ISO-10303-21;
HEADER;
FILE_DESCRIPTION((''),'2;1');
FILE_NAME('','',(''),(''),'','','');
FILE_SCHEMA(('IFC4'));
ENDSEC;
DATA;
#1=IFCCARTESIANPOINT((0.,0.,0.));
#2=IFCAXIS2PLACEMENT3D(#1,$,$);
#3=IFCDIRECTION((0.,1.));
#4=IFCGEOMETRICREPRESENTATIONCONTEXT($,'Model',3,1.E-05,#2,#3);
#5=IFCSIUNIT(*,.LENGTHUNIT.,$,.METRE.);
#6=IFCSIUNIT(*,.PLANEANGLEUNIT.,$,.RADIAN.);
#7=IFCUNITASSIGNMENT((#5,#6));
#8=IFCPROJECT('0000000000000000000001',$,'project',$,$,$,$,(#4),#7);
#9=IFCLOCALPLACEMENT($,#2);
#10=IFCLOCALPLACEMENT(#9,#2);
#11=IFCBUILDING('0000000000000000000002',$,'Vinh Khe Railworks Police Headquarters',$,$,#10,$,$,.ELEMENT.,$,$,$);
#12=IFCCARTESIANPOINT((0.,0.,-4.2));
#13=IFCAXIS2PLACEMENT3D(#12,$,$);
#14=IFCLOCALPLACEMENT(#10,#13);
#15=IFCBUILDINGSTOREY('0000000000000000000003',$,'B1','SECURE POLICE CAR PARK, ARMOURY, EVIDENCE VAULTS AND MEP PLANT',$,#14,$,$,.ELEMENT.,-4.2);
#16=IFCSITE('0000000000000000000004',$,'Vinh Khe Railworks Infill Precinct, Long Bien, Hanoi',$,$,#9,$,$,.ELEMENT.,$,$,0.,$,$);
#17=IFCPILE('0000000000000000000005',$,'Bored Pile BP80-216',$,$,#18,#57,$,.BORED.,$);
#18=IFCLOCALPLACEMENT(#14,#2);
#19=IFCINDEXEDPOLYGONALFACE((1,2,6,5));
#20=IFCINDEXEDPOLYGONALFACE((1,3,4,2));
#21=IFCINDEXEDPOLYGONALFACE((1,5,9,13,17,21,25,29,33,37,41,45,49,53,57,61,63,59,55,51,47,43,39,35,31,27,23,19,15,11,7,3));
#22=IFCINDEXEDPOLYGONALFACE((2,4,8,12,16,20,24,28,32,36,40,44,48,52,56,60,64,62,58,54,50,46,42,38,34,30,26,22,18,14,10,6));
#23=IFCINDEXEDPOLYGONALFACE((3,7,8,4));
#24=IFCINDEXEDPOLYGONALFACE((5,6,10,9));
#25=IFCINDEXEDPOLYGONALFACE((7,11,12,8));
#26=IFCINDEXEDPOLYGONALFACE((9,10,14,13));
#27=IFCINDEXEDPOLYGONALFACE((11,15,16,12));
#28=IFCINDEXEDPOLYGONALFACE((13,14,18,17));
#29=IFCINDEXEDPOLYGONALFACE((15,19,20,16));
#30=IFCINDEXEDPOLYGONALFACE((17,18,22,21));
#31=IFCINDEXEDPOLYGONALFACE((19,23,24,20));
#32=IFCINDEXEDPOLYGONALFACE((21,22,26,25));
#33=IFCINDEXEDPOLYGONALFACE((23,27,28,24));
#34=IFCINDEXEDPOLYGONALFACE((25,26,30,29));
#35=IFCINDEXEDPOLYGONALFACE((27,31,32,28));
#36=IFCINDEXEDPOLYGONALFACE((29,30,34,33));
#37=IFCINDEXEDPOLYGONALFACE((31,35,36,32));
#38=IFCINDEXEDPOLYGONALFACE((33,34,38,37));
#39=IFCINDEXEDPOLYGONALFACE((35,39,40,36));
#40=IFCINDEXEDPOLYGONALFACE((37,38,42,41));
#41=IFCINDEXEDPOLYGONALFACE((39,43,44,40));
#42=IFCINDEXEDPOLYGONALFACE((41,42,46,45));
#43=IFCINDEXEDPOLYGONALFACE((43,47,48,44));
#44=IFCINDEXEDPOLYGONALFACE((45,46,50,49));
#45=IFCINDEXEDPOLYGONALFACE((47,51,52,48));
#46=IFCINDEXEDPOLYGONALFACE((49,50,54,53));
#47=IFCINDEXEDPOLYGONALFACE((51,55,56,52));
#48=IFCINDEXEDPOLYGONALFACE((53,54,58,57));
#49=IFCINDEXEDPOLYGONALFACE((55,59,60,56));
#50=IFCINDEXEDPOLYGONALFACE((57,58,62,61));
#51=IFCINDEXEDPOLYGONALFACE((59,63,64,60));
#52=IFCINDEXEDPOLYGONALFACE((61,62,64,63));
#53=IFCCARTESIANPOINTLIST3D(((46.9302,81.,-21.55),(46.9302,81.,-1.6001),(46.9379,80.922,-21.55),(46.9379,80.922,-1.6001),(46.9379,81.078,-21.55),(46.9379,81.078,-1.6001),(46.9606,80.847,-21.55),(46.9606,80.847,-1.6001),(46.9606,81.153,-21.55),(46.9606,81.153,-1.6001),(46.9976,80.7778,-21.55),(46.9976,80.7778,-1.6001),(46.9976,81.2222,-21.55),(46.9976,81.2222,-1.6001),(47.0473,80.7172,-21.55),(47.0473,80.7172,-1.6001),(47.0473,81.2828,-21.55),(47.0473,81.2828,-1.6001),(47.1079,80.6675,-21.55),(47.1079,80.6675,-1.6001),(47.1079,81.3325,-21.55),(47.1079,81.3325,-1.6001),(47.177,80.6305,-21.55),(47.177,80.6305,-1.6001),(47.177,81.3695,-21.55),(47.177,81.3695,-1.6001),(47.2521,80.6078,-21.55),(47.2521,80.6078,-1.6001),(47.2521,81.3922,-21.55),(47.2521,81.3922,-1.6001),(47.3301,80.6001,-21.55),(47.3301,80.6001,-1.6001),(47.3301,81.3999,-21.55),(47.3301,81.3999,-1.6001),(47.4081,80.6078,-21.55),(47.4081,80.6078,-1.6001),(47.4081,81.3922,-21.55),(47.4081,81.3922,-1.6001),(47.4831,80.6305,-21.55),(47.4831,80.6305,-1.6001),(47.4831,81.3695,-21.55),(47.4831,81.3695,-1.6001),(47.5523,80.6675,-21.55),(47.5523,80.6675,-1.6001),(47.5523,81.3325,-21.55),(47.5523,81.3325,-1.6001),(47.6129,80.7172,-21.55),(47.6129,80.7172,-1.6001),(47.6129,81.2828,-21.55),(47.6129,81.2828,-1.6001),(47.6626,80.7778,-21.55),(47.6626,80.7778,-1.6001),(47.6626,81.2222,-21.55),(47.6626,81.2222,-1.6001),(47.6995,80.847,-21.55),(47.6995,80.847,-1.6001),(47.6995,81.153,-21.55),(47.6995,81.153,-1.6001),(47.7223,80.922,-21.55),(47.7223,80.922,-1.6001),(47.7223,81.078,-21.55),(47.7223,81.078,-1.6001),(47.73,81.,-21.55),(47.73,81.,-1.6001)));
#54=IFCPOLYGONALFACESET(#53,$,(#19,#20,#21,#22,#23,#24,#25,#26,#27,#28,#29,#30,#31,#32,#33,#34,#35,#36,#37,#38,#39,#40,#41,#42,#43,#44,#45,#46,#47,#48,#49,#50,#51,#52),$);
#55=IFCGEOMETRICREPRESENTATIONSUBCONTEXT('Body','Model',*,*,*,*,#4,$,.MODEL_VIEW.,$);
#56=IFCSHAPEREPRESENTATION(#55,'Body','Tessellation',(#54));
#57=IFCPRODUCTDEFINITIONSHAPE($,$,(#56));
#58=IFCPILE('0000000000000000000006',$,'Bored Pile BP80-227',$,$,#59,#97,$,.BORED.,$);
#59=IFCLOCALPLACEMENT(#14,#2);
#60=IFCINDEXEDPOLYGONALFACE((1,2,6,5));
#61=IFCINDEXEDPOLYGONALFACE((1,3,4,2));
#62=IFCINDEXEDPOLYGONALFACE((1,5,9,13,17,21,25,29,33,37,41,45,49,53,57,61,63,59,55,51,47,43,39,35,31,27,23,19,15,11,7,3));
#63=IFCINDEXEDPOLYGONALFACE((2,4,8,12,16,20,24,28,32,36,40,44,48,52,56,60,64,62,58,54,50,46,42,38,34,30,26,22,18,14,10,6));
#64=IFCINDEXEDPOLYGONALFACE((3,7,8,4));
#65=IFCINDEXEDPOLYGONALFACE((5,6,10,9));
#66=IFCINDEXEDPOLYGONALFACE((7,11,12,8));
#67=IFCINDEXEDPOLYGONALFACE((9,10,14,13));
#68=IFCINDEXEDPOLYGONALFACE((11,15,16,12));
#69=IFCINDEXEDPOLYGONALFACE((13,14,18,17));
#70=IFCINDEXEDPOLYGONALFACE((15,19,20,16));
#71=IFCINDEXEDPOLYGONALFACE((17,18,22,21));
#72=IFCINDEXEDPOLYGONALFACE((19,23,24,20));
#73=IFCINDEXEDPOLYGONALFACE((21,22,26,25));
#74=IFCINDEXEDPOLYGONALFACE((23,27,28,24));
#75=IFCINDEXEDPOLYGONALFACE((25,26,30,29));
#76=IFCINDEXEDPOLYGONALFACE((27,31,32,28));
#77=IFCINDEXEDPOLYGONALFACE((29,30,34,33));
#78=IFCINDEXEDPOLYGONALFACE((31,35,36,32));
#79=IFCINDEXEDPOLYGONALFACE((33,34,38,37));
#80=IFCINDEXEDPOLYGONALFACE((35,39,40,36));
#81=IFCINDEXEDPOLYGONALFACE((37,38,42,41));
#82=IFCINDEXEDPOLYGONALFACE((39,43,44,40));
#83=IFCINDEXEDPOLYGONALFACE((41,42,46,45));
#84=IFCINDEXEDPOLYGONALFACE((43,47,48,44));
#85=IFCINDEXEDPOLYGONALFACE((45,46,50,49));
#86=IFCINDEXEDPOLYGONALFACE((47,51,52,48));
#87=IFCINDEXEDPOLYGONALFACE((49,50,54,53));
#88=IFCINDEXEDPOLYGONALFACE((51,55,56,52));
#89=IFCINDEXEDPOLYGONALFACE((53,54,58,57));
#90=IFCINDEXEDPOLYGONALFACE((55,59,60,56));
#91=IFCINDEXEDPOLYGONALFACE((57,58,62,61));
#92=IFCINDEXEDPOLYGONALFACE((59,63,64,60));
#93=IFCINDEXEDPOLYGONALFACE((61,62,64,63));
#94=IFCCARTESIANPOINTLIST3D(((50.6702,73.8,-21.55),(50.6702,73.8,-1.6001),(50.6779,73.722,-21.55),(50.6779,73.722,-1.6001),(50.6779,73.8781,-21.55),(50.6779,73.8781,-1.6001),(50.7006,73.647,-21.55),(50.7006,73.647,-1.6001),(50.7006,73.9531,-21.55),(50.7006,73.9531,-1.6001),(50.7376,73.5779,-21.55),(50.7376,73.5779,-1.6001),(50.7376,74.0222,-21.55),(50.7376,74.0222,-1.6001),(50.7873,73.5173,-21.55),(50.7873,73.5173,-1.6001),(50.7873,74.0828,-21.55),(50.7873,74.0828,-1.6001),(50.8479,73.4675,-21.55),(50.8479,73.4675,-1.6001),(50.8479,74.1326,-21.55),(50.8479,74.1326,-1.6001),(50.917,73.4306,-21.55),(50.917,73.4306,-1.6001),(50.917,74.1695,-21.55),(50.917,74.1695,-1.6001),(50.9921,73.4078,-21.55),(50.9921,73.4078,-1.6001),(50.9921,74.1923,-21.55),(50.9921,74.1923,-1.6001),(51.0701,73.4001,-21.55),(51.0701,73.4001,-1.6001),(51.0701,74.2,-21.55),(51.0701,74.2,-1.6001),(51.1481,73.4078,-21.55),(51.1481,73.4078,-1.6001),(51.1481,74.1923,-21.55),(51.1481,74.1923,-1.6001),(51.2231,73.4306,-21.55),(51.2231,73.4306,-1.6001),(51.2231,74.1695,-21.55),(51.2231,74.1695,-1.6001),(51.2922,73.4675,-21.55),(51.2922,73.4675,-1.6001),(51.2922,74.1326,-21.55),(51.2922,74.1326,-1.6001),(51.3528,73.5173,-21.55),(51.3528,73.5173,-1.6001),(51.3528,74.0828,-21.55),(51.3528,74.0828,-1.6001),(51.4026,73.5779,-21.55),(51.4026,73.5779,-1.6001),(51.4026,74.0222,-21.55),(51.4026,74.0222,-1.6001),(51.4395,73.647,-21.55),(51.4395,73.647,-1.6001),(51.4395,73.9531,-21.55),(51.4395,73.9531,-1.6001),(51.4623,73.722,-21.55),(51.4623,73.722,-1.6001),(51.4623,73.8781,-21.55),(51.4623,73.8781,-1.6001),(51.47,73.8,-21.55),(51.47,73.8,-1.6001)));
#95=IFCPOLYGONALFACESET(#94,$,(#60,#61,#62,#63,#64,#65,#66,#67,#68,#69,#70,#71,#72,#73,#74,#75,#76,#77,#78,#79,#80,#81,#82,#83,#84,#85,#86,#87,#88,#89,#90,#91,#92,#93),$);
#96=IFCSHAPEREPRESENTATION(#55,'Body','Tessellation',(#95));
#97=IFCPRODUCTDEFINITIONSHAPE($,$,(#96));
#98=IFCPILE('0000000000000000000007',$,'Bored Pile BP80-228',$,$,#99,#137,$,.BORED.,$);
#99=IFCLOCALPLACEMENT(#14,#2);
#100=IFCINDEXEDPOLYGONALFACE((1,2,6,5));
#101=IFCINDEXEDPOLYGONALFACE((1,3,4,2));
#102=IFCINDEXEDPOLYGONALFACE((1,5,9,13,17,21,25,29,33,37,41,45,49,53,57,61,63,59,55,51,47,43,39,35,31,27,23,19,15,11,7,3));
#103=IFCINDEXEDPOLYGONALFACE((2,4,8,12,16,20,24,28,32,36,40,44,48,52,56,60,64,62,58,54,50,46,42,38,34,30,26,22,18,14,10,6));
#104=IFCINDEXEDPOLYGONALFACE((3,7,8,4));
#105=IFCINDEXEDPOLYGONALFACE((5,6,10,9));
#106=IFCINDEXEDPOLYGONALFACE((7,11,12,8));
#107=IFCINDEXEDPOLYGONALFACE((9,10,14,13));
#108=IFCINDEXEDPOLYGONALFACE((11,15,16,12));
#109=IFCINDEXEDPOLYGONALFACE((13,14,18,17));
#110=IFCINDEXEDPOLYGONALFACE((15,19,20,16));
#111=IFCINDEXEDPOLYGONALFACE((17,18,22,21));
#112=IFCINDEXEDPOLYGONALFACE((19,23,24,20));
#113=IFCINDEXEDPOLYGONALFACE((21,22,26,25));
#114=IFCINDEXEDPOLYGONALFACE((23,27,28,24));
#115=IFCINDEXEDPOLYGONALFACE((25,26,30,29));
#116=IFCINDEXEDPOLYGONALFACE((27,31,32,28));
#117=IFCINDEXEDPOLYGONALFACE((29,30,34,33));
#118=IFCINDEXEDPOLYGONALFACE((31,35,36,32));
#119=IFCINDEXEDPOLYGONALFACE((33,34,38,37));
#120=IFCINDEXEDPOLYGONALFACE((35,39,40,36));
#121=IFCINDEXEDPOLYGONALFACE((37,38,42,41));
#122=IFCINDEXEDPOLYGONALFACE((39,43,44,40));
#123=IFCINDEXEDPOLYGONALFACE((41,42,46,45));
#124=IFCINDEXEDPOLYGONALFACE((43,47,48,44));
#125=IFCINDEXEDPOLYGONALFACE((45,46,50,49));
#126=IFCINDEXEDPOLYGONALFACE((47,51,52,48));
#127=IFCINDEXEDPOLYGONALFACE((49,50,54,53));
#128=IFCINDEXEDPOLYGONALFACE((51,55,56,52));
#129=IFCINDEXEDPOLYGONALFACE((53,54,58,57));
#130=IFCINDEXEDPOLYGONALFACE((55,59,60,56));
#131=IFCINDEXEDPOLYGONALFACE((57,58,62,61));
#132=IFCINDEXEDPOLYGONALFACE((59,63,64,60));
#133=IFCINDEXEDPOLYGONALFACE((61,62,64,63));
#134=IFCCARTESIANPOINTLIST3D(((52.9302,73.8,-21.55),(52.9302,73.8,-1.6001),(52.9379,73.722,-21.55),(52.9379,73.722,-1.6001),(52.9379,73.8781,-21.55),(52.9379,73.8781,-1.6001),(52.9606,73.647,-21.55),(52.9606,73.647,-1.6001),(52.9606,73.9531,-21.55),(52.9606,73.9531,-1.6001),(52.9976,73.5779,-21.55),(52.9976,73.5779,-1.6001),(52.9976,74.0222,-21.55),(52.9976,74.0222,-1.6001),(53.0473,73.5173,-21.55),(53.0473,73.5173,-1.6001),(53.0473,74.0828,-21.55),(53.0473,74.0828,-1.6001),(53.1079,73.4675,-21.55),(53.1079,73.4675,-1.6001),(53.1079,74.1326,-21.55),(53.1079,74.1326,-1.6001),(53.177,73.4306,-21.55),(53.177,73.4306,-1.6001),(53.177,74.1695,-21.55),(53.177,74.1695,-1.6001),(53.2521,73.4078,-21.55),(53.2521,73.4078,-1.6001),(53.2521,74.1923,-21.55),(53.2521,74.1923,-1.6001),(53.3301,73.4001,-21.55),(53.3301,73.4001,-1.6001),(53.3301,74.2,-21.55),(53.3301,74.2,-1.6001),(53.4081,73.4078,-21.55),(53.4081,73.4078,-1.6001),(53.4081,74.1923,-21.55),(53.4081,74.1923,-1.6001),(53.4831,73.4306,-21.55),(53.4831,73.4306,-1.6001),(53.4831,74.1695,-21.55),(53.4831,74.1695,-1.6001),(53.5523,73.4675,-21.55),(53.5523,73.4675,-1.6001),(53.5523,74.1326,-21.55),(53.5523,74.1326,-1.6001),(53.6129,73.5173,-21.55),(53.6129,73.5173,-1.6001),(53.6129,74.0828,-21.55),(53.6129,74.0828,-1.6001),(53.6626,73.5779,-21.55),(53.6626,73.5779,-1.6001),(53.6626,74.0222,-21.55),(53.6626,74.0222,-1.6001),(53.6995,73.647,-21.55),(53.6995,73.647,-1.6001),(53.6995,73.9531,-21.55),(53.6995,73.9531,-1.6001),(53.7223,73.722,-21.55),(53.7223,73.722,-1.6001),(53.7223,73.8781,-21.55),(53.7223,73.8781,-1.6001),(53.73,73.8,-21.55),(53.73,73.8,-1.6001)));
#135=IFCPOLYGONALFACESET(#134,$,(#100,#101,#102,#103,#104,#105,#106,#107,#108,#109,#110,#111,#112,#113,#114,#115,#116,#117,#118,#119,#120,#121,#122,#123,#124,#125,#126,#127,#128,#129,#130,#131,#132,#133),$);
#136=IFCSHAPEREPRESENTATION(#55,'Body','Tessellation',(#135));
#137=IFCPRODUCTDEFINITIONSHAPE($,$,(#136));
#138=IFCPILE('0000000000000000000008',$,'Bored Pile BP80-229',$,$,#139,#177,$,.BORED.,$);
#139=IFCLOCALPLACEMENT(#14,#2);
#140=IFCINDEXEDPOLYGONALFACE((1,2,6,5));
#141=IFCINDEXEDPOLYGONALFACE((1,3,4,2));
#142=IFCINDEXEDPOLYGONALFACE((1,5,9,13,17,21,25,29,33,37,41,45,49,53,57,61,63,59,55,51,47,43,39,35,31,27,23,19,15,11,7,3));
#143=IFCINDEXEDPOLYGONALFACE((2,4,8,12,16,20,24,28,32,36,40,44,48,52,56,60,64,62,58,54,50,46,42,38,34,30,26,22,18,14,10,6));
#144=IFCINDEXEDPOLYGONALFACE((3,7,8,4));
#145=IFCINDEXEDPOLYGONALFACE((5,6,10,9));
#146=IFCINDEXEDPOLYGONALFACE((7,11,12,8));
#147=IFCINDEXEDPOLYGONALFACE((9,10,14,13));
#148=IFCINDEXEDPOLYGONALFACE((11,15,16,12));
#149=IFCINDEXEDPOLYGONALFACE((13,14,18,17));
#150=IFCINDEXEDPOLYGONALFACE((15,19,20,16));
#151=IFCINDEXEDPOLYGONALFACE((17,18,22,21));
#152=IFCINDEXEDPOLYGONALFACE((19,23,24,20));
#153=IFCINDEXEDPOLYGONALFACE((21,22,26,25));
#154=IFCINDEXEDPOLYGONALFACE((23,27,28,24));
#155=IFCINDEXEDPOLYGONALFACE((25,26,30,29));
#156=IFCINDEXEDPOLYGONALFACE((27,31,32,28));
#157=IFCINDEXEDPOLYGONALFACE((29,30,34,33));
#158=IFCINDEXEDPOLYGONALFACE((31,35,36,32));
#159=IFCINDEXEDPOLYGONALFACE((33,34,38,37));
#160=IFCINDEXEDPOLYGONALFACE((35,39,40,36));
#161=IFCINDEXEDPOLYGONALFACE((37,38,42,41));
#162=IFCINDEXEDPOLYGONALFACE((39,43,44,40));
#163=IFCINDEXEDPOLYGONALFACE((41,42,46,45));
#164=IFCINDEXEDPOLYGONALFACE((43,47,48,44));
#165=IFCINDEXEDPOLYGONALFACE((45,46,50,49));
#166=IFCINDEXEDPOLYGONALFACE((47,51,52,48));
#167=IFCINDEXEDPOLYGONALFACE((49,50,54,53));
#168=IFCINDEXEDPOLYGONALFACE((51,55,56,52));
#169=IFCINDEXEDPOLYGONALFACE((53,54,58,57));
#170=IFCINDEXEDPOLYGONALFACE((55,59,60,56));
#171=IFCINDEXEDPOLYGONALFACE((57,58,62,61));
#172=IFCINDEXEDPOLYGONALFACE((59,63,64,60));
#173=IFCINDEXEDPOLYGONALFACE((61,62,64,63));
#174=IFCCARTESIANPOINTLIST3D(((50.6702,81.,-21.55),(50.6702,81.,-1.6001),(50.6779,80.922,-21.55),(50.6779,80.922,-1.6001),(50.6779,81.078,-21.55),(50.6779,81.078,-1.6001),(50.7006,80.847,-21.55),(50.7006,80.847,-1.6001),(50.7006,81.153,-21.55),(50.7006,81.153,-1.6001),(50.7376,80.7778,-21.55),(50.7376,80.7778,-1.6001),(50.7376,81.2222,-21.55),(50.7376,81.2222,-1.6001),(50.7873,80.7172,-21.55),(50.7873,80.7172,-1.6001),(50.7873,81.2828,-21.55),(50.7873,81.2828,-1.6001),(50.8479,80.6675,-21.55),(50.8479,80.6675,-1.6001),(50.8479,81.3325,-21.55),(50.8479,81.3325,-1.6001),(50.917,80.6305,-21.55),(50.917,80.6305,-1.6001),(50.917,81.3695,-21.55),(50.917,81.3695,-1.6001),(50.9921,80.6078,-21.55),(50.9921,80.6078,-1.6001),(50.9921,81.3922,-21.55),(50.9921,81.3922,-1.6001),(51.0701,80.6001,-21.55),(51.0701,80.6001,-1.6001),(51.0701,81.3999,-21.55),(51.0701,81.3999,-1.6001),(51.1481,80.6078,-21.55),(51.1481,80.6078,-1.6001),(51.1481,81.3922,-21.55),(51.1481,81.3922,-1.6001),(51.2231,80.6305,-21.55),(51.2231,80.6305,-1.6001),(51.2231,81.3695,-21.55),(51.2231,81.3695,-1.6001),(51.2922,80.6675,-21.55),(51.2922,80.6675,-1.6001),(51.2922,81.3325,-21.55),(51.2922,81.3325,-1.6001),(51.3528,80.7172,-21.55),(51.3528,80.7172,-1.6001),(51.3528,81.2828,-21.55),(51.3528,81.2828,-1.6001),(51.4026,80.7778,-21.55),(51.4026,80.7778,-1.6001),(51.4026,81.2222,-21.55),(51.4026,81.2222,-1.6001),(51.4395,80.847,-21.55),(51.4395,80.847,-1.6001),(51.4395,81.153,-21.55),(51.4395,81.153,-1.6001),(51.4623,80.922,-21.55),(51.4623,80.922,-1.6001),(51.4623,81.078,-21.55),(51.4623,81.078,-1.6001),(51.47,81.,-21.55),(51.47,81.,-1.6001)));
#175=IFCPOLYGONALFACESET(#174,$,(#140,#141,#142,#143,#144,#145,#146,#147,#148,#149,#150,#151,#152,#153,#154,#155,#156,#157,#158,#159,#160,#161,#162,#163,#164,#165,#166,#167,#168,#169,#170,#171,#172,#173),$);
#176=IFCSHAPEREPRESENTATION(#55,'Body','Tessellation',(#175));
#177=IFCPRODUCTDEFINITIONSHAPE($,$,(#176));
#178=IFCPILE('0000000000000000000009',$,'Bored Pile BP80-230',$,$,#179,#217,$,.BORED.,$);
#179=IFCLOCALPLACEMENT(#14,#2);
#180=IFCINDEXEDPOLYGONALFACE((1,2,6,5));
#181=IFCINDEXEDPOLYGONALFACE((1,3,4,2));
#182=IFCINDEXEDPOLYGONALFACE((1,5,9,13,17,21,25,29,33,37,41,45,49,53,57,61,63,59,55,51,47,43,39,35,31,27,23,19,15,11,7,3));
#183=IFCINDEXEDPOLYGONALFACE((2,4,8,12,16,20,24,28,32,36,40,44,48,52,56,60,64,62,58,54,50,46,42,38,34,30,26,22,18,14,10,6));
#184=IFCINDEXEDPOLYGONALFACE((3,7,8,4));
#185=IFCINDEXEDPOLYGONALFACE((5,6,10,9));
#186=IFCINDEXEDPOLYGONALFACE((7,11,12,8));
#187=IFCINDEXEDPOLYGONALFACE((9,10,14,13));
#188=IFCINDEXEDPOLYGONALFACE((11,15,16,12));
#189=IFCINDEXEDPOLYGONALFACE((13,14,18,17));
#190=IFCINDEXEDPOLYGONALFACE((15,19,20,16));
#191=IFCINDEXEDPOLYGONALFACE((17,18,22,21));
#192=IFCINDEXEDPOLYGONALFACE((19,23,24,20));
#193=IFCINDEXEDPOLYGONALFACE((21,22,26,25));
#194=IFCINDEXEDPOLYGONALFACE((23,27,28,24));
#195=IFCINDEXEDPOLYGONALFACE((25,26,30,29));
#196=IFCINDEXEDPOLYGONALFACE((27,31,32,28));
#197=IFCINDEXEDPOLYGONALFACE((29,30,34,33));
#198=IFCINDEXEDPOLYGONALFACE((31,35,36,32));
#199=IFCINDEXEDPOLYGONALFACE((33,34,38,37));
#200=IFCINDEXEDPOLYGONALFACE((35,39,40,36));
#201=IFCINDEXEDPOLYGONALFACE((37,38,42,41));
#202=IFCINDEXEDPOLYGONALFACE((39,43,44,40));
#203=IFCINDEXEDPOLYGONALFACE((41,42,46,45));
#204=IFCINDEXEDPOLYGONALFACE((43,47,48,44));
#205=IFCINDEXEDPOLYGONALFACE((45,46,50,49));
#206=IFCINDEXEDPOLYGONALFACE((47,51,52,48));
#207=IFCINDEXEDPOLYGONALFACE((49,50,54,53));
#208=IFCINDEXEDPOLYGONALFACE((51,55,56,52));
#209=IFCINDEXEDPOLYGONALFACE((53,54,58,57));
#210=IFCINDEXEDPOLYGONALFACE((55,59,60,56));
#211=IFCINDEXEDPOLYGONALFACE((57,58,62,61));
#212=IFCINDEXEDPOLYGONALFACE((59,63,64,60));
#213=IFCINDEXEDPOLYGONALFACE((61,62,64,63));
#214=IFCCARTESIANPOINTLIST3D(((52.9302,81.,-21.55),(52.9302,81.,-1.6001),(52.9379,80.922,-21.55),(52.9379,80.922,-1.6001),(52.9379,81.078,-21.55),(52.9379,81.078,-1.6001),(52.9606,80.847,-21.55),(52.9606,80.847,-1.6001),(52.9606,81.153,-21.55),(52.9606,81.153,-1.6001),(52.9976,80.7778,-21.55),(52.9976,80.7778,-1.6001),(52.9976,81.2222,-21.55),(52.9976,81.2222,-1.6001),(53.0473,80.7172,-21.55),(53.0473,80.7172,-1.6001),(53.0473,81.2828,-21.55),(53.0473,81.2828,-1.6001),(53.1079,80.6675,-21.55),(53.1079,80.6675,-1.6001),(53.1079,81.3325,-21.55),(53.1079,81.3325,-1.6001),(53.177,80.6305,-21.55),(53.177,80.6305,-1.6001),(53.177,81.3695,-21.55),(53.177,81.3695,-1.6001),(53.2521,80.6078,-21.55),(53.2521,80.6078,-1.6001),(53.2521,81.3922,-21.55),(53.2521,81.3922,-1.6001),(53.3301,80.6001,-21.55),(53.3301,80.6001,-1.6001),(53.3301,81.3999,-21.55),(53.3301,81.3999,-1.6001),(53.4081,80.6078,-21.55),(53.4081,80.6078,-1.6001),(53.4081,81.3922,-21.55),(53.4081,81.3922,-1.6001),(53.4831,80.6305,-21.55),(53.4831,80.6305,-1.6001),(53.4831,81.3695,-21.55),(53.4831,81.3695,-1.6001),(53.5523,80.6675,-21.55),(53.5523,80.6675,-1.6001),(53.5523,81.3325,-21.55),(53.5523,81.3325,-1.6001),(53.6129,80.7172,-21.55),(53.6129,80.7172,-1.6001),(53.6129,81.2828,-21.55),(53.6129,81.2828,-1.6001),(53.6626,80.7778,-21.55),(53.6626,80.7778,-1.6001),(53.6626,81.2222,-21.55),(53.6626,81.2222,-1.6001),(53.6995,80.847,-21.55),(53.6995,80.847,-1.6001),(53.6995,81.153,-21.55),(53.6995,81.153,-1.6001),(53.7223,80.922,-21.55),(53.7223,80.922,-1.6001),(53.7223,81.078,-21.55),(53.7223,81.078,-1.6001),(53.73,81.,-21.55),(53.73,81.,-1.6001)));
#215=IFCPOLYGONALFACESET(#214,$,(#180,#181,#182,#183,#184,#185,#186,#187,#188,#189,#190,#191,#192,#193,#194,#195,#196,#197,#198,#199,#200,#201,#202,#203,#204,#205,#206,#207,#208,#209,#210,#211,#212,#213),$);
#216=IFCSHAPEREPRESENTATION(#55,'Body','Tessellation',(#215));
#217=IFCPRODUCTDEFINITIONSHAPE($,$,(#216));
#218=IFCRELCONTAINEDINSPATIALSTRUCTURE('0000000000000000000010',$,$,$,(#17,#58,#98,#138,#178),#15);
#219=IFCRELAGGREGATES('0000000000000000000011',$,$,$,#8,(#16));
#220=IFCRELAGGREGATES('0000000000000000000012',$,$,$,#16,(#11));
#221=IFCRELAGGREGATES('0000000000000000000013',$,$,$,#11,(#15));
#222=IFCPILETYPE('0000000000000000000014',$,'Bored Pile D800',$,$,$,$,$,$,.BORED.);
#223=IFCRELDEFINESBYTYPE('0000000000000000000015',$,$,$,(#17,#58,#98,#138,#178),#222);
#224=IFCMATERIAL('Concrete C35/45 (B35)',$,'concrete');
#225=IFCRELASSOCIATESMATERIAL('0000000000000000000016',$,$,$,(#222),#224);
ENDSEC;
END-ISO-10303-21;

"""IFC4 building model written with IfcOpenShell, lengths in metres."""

from ifc_helpers import new_model, si_unit, direction, frame, origin, origin_2d, place, context, subcontext, project, spatial, circle, extrude, material, material_profile, profile_set, type_object, element, save


model = new_model("IFC4")

# Units and contexts
model_context = context("Model", 3, precision=1e-05, world=origin(), true_north=direction((0.0, 1.0)))
body_context = subcontext(model_context, "Body", "Model", "MODEL_VIEW")
ifc_project = project(units=[si_unit("LENGTHUNIT", "METRE"), si_unit("PLANEANGLEUNIT", "RADIAN")], contexts=[model_context])

# Site, building, storey
site_placement = place(None, origin())
site = spatial("IfcSite", under=ifc_project, at=site_placement, Name="Vinh Khe Railworks Infill Precinct, Long Bien, Hanoi", CompositionType="ELEMENT", RefElevation=0.0)
building_placement = place(site_placement, origin())
building = spatial("IfcBuilding", under=site, at=building_placement, Name="Vinh Khe Railworks Police Headquarters", CompositionType="ELEMENT")
storey_placement = place(building_placement, frame((0.0, 0.0, -4.2)))
storey = spatial("IfcBuildingStorey", under=building, at=storey_placement, Name="B1", Description="SECURE POLICE CAR PARK, ARMOURY, EVIDENCE VAULTS AND MEP PLANT", CompositionType="ELEMENT", Elevation=-4.2)

# Piles
ifc_material_1 = material(Name="Concrete C35/45 (B35)", Category="concrete")
ifc_material_profile_1 = material_profile(ifc_material_1, circle(Radius=0.3999, at=origin_2d()), Name="BORED PILE D800")
ifc_profile_set_1 = profile_set([ifc_material_profile_1], Name="Concrete C35/45 (B35)")
pile_type_1 = type_object("IfcPileType", Name="Bored Pile D800", PredefinedType="BORED", material=ifc_profile_set_1)
for number, where, z_axis, x_axis, name in (
    (1, (47.3301, 81.0, -1.6001), (0.0, 0.0, -1.0), (1.0, 0.0, 0.0), "Bored Pile BP80-216"),
    (2, (51.0701, 73.8, -1.6001), (0.0, 0.0, -1.0), (1.0, 0.0, 0.0), "Bored Pile BP80-227"),
    (3, (53.3301, 73.8, -1.6001), (0.0, 0.0, -1.0), (1.0, 0.0, 0.0), "Bored Pile BP80-228"),
    (4, (51.0701, 81.0, -1.6001), (0.0, 0.0, -1.0), (1.0, 0.0, 0.0), "Bored Pile BP80-229"),
    (5, (53.3301, 81.0, -1.6001), (0.0, 0.0, -1.0), (1.0, 0.0, 0.0), "Bored Pile BP80-230"),
):
    element("IfcPile", number, at=place(storey_placement, frame(where, z_axis=z_axis, x_axis=x_axis)), inside=storey, type_object=pile_type_1, Name=name, PredefinedType="BORED", context=body_context, shape_type="SweptSolid", body=[
        extrude(circle(Radius=0.3999, at=origin_2d()), origin(), (0.0, 0.0, 1.0), 19.95),
    ])

save(model, "model.ifc")
